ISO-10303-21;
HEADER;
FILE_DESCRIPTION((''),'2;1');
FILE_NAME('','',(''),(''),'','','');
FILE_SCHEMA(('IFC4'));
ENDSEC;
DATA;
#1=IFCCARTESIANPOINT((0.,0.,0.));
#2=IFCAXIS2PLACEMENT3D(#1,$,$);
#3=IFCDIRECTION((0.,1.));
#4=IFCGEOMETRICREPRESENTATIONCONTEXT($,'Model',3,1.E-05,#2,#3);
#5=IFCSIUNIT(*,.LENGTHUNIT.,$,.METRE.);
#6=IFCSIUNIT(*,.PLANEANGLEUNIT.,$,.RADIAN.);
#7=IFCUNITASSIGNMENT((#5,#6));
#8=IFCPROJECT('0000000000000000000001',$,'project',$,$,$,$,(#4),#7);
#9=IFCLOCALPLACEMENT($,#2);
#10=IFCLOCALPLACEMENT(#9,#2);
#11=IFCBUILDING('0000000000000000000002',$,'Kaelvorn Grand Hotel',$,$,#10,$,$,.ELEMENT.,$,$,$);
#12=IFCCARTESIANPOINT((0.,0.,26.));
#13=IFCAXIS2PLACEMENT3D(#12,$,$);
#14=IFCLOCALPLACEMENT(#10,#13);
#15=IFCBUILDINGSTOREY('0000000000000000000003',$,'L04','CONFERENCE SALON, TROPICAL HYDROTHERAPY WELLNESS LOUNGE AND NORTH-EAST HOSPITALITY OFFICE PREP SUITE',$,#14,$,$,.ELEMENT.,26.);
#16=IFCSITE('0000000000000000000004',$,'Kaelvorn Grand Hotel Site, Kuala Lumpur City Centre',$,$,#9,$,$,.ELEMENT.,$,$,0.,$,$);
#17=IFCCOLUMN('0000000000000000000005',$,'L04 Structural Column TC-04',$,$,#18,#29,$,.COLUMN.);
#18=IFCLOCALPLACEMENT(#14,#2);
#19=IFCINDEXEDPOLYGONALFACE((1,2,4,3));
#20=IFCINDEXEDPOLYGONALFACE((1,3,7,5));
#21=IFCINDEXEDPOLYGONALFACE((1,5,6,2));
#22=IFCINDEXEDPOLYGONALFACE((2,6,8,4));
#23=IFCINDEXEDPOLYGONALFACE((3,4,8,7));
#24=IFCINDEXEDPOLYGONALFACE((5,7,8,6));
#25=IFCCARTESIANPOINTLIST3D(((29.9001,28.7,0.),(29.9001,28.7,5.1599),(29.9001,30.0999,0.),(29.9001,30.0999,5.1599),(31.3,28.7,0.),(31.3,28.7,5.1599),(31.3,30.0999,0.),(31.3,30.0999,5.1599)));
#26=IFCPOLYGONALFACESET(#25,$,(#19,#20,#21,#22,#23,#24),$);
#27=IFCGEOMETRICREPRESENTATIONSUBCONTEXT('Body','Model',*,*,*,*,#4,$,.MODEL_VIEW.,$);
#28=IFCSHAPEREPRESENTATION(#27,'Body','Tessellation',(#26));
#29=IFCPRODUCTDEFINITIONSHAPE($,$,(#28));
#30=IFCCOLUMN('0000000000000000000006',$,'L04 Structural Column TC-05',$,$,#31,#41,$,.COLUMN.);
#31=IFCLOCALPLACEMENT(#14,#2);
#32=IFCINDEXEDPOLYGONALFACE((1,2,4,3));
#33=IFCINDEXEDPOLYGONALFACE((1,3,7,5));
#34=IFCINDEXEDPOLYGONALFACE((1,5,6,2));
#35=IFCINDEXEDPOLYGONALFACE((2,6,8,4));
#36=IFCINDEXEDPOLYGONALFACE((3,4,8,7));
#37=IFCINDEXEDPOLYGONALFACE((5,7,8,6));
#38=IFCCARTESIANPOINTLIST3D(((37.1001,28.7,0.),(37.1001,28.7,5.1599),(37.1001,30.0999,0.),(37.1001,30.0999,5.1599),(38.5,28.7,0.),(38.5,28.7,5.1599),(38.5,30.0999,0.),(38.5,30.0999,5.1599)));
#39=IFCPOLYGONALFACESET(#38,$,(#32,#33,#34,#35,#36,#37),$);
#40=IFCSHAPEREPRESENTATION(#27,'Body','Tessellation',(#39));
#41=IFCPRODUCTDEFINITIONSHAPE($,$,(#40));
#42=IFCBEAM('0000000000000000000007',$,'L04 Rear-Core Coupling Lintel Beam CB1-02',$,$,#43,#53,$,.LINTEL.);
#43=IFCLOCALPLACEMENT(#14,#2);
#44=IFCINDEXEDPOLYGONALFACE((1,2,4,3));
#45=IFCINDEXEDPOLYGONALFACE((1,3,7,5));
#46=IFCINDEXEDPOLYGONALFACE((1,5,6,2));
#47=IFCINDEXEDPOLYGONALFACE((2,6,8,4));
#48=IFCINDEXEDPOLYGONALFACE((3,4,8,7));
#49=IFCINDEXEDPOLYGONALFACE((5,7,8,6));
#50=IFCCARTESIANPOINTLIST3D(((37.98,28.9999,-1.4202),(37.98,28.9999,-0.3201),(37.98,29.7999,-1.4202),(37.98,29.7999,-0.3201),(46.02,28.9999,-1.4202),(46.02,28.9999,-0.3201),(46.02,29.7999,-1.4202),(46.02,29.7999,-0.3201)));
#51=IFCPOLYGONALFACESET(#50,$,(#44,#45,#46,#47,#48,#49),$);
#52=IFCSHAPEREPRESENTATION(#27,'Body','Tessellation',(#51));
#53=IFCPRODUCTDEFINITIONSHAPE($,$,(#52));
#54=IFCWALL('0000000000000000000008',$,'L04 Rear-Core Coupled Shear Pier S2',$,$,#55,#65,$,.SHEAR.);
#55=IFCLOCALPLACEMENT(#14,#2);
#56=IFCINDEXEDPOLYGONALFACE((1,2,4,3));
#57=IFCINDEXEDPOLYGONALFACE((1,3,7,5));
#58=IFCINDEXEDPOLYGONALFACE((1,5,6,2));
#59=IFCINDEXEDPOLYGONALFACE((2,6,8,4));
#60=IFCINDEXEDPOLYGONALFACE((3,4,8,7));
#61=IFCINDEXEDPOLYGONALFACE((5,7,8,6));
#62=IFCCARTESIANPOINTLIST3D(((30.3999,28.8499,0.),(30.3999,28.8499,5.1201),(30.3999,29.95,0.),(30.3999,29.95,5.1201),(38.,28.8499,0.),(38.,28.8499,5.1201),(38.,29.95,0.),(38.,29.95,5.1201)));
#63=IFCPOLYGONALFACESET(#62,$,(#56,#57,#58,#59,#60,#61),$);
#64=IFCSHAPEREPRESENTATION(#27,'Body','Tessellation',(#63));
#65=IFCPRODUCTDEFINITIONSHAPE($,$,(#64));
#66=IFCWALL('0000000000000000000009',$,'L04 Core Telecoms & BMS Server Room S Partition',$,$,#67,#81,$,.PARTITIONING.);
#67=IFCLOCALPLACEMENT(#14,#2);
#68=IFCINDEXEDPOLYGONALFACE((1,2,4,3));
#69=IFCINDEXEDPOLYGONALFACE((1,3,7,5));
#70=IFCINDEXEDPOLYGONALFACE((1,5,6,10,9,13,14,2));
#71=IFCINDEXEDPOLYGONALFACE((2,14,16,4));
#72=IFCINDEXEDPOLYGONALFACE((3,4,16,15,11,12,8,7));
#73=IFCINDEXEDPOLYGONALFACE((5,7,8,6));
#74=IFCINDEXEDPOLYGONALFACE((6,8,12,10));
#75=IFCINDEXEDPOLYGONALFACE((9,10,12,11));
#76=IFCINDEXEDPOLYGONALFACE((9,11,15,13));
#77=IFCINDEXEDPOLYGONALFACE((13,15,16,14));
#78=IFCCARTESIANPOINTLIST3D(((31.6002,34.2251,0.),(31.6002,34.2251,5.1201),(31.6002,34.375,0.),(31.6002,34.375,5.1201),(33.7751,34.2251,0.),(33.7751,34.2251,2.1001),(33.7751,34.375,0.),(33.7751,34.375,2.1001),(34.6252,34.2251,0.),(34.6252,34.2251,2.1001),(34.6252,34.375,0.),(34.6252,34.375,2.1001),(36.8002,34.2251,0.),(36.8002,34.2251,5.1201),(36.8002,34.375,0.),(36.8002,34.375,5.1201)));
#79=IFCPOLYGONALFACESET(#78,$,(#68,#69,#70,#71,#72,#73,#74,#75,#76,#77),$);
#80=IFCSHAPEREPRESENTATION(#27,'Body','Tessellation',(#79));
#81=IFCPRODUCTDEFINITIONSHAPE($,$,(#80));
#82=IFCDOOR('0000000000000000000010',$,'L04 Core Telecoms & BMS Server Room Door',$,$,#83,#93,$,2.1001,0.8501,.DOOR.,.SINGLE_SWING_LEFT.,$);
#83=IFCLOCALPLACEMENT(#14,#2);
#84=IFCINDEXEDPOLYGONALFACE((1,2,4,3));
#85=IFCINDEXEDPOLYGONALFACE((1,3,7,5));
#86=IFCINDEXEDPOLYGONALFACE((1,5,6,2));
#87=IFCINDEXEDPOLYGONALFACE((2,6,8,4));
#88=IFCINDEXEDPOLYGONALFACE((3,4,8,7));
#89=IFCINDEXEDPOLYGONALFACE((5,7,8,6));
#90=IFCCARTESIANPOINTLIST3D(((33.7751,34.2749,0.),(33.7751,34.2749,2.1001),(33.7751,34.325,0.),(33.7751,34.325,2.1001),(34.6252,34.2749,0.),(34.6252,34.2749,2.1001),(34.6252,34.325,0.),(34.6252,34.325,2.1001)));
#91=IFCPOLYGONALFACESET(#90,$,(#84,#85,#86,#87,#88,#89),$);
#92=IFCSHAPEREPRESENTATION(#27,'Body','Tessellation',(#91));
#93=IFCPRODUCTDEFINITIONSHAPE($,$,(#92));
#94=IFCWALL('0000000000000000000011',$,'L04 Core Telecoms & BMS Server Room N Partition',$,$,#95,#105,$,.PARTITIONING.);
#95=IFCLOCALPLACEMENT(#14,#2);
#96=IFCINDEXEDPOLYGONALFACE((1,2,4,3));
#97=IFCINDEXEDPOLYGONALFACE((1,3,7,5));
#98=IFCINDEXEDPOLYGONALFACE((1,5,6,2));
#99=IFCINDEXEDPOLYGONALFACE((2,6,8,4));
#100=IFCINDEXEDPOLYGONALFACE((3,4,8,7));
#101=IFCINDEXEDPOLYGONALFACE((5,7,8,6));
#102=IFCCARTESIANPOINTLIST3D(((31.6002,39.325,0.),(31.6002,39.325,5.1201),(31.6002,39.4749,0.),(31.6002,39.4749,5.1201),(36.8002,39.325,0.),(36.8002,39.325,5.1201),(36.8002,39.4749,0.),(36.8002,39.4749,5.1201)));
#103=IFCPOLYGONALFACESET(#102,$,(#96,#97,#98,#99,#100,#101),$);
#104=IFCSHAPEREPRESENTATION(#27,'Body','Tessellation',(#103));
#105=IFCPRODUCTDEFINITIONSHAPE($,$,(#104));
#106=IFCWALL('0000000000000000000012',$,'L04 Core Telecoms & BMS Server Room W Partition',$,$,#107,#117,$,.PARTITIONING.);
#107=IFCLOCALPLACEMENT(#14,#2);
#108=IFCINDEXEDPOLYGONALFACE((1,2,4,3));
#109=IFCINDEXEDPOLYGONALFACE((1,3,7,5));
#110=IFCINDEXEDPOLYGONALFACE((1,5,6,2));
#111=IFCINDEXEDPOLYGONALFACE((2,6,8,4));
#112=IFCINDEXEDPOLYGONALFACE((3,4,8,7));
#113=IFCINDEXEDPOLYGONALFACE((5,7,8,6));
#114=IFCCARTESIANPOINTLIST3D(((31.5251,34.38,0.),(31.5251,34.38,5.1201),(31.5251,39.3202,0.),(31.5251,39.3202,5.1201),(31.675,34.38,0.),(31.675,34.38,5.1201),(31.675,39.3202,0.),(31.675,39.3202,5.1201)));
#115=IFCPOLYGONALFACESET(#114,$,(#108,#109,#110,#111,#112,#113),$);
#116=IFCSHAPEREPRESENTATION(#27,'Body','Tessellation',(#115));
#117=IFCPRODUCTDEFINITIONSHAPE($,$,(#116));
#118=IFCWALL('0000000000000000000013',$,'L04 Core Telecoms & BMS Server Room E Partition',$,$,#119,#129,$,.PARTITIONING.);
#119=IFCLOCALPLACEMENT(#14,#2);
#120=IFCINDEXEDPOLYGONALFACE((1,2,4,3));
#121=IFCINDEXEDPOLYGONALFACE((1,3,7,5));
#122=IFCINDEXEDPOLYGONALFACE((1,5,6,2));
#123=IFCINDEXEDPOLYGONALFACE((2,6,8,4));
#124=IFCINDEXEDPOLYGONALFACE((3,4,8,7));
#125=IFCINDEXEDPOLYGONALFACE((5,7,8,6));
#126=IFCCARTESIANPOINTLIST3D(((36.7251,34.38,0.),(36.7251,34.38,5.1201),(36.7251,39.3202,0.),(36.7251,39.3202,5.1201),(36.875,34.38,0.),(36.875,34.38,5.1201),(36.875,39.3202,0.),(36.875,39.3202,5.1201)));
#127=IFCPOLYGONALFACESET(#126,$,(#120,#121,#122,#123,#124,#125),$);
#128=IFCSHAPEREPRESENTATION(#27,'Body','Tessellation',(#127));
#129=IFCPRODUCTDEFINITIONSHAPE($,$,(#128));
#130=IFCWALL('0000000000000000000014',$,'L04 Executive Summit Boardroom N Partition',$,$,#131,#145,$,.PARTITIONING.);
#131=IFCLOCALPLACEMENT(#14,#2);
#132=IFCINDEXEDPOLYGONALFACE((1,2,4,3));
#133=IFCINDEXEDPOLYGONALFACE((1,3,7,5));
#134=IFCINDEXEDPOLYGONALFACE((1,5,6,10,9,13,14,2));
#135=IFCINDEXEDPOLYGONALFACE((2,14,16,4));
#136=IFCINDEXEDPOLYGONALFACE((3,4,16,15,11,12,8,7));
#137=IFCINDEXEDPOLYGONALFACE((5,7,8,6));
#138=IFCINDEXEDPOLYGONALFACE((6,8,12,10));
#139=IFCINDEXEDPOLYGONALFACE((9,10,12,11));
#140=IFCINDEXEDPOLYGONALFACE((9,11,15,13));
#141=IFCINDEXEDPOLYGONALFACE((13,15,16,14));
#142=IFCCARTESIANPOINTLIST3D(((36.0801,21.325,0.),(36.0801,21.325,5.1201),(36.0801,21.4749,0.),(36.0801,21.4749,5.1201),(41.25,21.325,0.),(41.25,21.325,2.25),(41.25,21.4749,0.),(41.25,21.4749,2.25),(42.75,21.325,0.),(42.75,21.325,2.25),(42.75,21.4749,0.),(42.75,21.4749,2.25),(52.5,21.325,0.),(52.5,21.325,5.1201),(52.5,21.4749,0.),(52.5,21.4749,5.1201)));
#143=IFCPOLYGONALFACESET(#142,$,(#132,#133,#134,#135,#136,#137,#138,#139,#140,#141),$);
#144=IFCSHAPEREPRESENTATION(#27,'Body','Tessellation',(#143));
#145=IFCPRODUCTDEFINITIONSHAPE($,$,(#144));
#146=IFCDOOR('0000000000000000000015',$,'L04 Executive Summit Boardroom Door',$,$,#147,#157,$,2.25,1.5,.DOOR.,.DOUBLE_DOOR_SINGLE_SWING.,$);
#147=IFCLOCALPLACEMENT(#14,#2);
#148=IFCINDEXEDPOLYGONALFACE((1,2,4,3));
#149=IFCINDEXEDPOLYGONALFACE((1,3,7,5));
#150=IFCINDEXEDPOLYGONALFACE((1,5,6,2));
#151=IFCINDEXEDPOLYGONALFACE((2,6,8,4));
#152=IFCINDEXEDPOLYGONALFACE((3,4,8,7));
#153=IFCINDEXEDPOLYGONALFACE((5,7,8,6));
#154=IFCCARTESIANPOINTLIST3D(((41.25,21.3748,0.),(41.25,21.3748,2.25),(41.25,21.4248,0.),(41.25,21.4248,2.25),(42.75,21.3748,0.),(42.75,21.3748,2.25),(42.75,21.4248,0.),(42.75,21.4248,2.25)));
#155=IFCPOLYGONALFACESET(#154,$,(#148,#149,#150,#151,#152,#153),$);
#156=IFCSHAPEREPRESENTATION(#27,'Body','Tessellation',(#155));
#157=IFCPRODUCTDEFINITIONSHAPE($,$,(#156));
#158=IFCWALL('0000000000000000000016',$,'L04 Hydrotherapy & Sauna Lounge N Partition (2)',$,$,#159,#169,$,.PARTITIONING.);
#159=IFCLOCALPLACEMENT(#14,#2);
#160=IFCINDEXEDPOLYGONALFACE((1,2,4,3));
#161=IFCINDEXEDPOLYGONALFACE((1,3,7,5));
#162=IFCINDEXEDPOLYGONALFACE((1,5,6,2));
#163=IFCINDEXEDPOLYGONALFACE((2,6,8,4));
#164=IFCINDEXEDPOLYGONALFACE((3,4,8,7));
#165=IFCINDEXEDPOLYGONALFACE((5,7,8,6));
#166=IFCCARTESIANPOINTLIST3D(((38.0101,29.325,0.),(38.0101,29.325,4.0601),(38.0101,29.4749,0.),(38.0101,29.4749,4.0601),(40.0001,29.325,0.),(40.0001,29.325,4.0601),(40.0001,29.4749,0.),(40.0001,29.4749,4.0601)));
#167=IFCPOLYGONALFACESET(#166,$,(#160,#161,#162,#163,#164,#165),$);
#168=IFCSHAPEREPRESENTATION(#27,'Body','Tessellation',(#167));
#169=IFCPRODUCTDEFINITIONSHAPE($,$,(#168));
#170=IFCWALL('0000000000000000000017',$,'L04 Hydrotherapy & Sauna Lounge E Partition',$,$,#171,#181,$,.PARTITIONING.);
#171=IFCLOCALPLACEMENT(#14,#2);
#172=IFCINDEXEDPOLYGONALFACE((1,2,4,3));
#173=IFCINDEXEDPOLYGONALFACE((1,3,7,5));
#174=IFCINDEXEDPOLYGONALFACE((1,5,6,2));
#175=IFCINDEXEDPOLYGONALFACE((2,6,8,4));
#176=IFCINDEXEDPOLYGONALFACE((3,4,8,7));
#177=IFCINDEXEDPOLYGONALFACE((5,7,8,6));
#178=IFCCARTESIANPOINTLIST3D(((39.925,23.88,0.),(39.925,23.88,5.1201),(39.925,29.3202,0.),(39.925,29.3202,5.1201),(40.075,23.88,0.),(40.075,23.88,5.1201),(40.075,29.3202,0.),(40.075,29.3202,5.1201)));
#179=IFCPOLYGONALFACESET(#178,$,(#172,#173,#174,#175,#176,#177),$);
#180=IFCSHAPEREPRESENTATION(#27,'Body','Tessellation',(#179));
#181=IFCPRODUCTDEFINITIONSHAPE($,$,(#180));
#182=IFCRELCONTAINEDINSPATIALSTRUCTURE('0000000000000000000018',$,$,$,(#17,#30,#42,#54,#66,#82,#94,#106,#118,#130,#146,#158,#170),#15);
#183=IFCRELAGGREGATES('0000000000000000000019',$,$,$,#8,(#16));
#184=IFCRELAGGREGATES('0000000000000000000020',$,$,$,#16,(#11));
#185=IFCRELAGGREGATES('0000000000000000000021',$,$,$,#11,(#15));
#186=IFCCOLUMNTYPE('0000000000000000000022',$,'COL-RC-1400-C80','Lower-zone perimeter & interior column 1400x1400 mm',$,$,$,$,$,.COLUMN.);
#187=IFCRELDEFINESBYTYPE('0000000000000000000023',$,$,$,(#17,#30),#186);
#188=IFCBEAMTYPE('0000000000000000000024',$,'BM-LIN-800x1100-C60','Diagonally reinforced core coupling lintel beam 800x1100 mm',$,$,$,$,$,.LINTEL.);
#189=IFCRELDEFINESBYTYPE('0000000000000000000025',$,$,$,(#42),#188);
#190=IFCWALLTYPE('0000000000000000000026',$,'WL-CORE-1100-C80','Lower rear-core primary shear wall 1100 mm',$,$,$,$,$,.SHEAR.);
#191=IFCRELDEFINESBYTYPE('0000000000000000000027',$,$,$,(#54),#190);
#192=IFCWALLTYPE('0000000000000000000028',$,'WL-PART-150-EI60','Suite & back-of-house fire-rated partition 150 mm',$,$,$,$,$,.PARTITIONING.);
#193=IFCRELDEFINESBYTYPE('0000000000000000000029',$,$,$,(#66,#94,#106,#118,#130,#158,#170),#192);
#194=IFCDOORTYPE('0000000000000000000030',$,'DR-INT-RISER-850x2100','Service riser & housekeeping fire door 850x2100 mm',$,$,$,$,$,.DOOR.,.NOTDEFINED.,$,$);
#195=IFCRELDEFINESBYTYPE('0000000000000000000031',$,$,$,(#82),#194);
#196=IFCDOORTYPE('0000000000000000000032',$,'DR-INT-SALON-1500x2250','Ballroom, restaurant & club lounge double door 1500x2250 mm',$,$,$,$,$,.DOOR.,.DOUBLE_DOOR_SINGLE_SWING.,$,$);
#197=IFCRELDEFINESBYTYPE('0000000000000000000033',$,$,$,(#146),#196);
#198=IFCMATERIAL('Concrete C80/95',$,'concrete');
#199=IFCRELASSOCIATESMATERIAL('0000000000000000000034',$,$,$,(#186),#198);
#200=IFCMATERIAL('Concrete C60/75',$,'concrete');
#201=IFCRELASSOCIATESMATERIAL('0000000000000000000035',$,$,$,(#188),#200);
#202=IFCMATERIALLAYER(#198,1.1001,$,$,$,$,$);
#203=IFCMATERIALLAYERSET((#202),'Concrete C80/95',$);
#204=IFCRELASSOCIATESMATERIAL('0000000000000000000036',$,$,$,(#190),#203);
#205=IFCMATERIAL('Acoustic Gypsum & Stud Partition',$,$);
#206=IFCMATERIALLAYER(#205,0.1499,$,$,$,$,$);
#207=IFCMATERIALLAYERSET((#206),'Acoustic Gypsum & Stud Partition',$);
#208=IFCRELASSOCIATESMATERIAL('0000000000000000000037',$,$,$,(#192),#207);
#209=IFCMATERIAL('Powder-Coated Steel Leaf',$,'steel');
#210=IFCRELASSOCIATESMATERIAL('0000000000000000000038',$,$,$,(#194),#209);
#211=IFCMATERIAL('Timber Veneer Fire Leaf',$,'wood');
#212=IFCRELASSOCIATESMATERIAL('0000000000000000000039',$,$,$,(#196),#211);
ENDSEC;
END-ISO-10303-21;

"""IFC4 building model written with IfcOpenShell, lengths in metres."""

from ifc_helpers import new_model, si_unit, direction, frame, frame_2d, origin, origin_2d, place, context, subcontext, project, spatial, rectangle, extrude, material, layer, layer_set, material_profile, profile_set, type_object, element, fill, save


model = new_model("IFC4")

# Units and contexts
model_context = context("Model", 3, precision=1e-05, world=origin(), true_north=direction((0.0, 1.0)))
body_context = subcontext(model_context, "Body", "Model", "MODEL_VIEW")
ifc_project = project(units=[si_unit("LENGTHUNIT", "METRE"), si_unit("PLANEANGLEUNIT", "RADIAN")], contexts=[model_context])

# Site, building, storey
site_placement = place(None, origin())
site = spatial("IfcSite", under=ifc_project, at=site_placement, Name="Kaelvorn Grand Hotel Site, Kuala Lumpur City Centre", CompositionType="ELEMENT", RefElevation=0.0)
building_placement = place(site_placement, origin())
building = spatial("IfcBuilding", under=site, at=building_placement, Name="Kaelvorn Grand Hotel", CompositionType="ELEMENT")
storey_placement = place(building_placement, frame((0.0, 0.0, 26.0)))
storey = spatial("IfcBuildingStorey", under=building, at=storey_placement, Name="L04", Description="CONFERENCE SALON, TROPICAL HYDROTHERAPY WELLNESS LOUNGE AND NORTH-EAST HOSPITALITY OFFICE PREP SUITE", CompositionType="ELEMENT", Elevation=26.0)

# Columns
ifc_material_1 = material(Name="Concrete C80/95", Category="concrete")
ifc_material_profile_1 = material_profile(ifc_material_1, rectangle(XDim=1.3999, YDim=1.3999, at=origin_2d()), Name="RC COL 1400x1400")
ifc_profile_set_1 = profile_set([ifc_material_profile_1], Name="Concrete C80/95")
column_type = type_object("IfcColumnType", Name="COL-RC-1400-C80", Description="Lower-zone perimeter & interior column 1400x1400 mm", PredefinedType="COLUMN", material=ifc_profile_set_1)
for number, where, z_axis, x_axis, name in (
    (1, (30.6001, 29.3999, 0.0), (0.0, 0.0, 1.0), (1.0, 0.0, 0.0), "L04 Structural Column TC-04"),
    (2, (37.8, 29.3999, 0.0), (0.0, 0.0, 1.0), (1.0, 0.0, 0.0), "L04 Structural Column TC-05"),
):
    element("IfcColumn", number, at=place(storey_placement, frame(where, z_axis=z_axis, x_axis=x_axis)), inside=storey, type_object=column_type, Name=name, PredefinedType="COLUMN", context=body_context, shape_type="SweptSolid", body=[
        extrude(rectangle(XDim=1.3999, YDim=1.3999, at=origin_2d()), origin(), (0.0, 0.0, 1.0), 5.1599),
    ])

# Beam
ifc_material_2 = material(Name="Concrete C60/75", Category="concrete")
ifc_material_profile_2 = material_profile(ifc_material_2, rectangle(XDim=0.8, YDim=1.1001, at=origin_2d()), Name="RC LINTEL 800x1100")
ifc_profile_set_2 = profile_set([ifc_material_profile_2], Name="Concrete C60/75")
beam_type = type_object("IfcBeamType", Name="BM-LIN-800x1100-C60", Description="Diagonally reinforced core coupling lintel beam 800x1100 mm", PredefinedType="LINTEL", material=ifc_profile_set_2)
beam_placement = place(storey_placement, frame((37.98, 29.3999, -0.8701), z_axis=(1.0, 0.0, 0.0), x_axis=(0.0, 1.0, 0.0)))
element("IfcBeam", 3, at=beam_placement, inside=storey, type_object=beam_type, Name="L04 Rear-Core Coupling Lintel Beam CB1-02", PredefinedType="LINTEL", context=body_context, shape_type="SweptSolid", body=[
    extrude(rectangle(XDim=0.8, YDim=1.1001, at=origin_2d()), origin(), (0.0, 0.0, 1.0), 8.04),
])

# Wall
ifc_layer_1 = layer(ifc_material_1, 1.1001)
ifc_layer_set_1 = layer_set([ifc_layer_1], Name="Concrete C80/95")
wall_type_1 = type_object("IfcWallType", Name="WL-CORE-1100-C80", Description="Lower rear-core primary shear wall 1100 mm", PredefinedType="SHEAR", material=ifc_layer_set_1)
wall_1_placement = place(storey_placement, frame((30.3999, 29.3999, 0.0), z_axis=(0.0, 0.0, 1.0), x_axis=(1.0, 0.0, 0.0)))
element("IfcWall", 4, at=wall_1_placement, inside=storey, type_object=wall_type_1, Name="L04 Rear-Core Coupled Shear Pier S2", PredefinedType="SHEAR", context=body_context, shape_type="SweptSolid", body=[
    extrude(rectangle(XDim=7.6001, YDim=1.1001, at=frame_2d((3.8, 0.0))), origin(), (0.0, 0.0, 1.0), 5.1201),
])

# Wall, opening, door
ifc_material_3 = material(Name="Acoustic Gypsum & Stud Partition")
ifc_layer_2 = layer(ifc_material_3, 0.1499)
ifc_layer_set_2 = layer_set([ifc_layer_2], Name="Acoustic Gypsum & Stud Partition")
wall_type_2 = type_object("IfcWallType", Name="WL-PART-150-EI60", Description="Suite & back-of-house fire-rated partition 150 mm", PredefinedType="PARTITIONING", material=ifc_layer_set_2)
wall_2_placement = place(storey_placement, frame((31.6001, 34.3, 0.0), z_axis=(0.0, 0.0, 1.0), x_axis=(1.0, 0.0, 0.0)))
wall_2 = element("IfcWall", 5, at=wall_2_placement, inside=storey, type_object=wall_type_2, Name="L04 Core Telecoms & BMS Server Room S Partition", PredefinedType="PARTITIONING", context=body_context, shape_type="SweptSolid", body=[
    extrude(rectangle(XDim=5.2, YDim=0.1499, at=frame_2d((2.6001, 0.0))), origin(), (0.0, 0.0, 1.0), 5.1201),
])
opening_1_placement = place(wall_2_placement, frame((2.175, 0.0, 0.0)))
opening_1 = element("IfcOpeningElement", 6, at=opening_1_placement, cuts=wall_2, PredefinedType="OPENING", context=body_context, shape_type="SweptSolid", body=[
    extrude(rectangle(XDim=0.8501, YDim=2.1001, at=frame_2d((0.425, 1.05))), frame((0.0, 0.085, 0.0), z_axis=(0.0, -1.0, 0.0), x_axis=(1.0, 0.0, 0.0)), (0.0, 0.0, 1.0), 0.1699),
])
ifc_material_4 = material(Name="Powder-Coated Steel Leaf", Category="steel")
door_type_1 = type_object("IfcDoorType", Name="DR-INT-RISER-850x2100", Description="Service riser & housekeeping fire door 850x2100 mm", OperationType="NOTDEFINED", PredefinedType="DOOR", material=ifc_material_4)
door_1_placement = place(opening_1_placement, origin())
door_1 = element("IfcDoor", 7, at=door_1_placement, inside=storey, type_object=door_type_1, Name="L04 Core Telecoms & BMS Server Room Door", OperationType="SINGLE_SWING_LEFT", OverallHeight=2.1001, OverallWidth=0.8501, PredefinedType="DOOR", context=body_context, shape_type="SweptSolid", body=[
    extrude(rectangle(XDim=0.8501, YDim=2.1001, at=frame_2d((0.425, 1.05))), frame((0.0, 0.0249, 0.0), z_axis=(0.0, -1.0, 0.0), x_axis=(1.0, 0.0, 0.0)), (0.0, 0.0, 1.0), 0.05),
])
fill(opening_1, door_1)

# Walls
wall_3_placement = place(storey_placement, frame((31.6001, 39.3999, 0.0), z_axis=(0.0, 0.0, 1.0), x_axis=(1.0, 0.0, 0.0)))
element("IfcWall", 8, at=wall_3_placement, inside=storey, type_object=wall_type_2, Name="L04 Core Telecoms & BMS Server Room N Partition", PredefinedType="PARTITIONING", context=body_context, shape_type="SweptSolid", body=[
    extrude(rectangle(XDim=5.2, YDim=0.1499, at=frame_2d((2.6001, 0.0))), origin(), (0.0, 0.0, 1.0), 5.1201),
])
for number, where, z_axis, x_axis, name in (
    (9, (31.6001, 34.3799, 0.0), (0.0, 0.0, 1.0), (0.0, 1.0, 0.0), "L04 Core Telecoms & BMS Server Room W Partition"),
    (10, (36.8, 34.3799, 0.0), (0.0, 0.0, 1.0), (0.0, 1.0, 0.0), "L04 Core Telecoms & BMS Server Room E Partition"),
):
    element("IfcWall", number, at=place(storey_placement, frame(where, z_axis=z_axis, x_axis=x_axis)), inside=storey, type_object=wall_type_2, Name=name, PredefinedType="PARTITIONING", context=body_context, shape_type="SweptSolid", body=[
        extrude(rectangle(XDim=4.9402, YDim=0.1499, at=frame_2d((2.4702, 0.0))), origin(), (0.0, 0.0, 1.0), 5.1201),
    ])

# Wall, opening, door
wall_4_placement = place(storey_placement, frame((36.0801, 21.3999, 0.0), z_axis=(0.0, 0.0, 1.0), x_axis=(1.0, 0.0, 0.0)))
wall_4 = element("IfcWall", 11, at=wall_4_placement, inside=storey, type_object=wall_type_2, Name="L04 Executive Summit Boardroom N Partition", PredefinedType="PARTITIONING", context=body_context, shape_type="SweptSolid", body=[
    extrude(rectangle(XDim=16.4199, YDim=0.1499, at=frame_2d((8.21, 0.0))), origin(), (0.0, 0.0, 1.0), 5.1201),
])
opening_2_placement = place(wall_4_placement, frame((5.1699, 0.0, 0.0)))
opening_2 = element("IfcOpeningElement", 12, at=opening_2_placement, cuts=wall_4, PredefinedType="OPENING", context=body_context, shape_type="SweptSolid", body=[
    extrude(rectangle(XDim=1.5, YDim=2.25, at=frame_2d((0.75, 1.125))), frame((0.0, 0.085, 0.0), z_axis=(0.0, -1.0, 0.0), x_axis=(1.0, 0.0, 0.0)), (0.0, 0.0, 1.0), 0.1699),
])
ifc_material_5 = material(Name="Timber Veneer Fire Leaf", Category="wood")
door_type_2 = type_object("IfcDoorType", Name="DR-INT-SALON-1500x2250", Description="Ballroom, restaurant & club lounge double door 1500x2250 mm", OperationType="DOUBLE_DOOR_SINGLE_SWING", PredefinedType="DOOR", material=ifc_material_5)
door_2_placement = place(opening_2_placement, origin())
door_2 = element("IfcDoor", 13, at=door_2_placement, inside=storey, type_object=door_type_2, Name="L04 Executive Summit Boardroom Door", OperationType="DOUBLE_DOOR_SINGLE_SWING", OverallHeight=2.25, OverallWidth=1.5, PredefinedType="DOOR", context=body_context, shape_type="SweptSolid", body=[
    extrude(rectangle(XDim=1.5, YDim=2.25, at=frame_2d((0.75, 1.125))), frame((0.0, 0.0249, 0.0), z_axis=(0.0, -1.0, 0.0), x_axis=(1.0, 0.0, 0.0)), (0.0, 0.0, 1.0), 0.05),
])
fill(opening_2, door_2)

# Walls
wall_5_placement = place(storey_placement, frame((38.01, 29.3999, 0.0), z_axis=(0.0, 0.0, 1.0), x_axis=(1.0, 0.0, 0.0)))
element("IfcWall", 14, at=wall_5_placement, inside=storey, type_object=wall_type_2, Name="L04 Hydrotherapy & Sauna Lounge N Partition (2)", PredefinedType="PARTITIONING", context=body_context, shape_type="SweptSolid", body=[
    extrude(rectangle(XDim=1.99, YDim=0.1499, at=frame_2d((0.9951, 0.0))), origin(), (0.0, 0.0, 1.0), 4.0601),
])
wall_6_placement = place(storey_placement, frame((40.0, 23.8799, 0.0), z_axis=(0.0, 0.0, 1.0), x_axis=(0.0, 1.0, 0.0)))
element("IfcWall", 15, at=wall_6_placement, inside=storey, type_object=wall_type_2, Name="L04 Hydrotherapy & Sauna Lounge E Partition", PredefinedType="PARTITIONING", context=body_context, shape_type="SweptSolid", body=[
    extrude(rectangle(XDim=5.4402, YDim=0.1499, at=frame_2d((2.7202, 0.0))), origin(), (0.0, 0.0, 1.0), 5.1201),
])

save(model, "model.ifc")
